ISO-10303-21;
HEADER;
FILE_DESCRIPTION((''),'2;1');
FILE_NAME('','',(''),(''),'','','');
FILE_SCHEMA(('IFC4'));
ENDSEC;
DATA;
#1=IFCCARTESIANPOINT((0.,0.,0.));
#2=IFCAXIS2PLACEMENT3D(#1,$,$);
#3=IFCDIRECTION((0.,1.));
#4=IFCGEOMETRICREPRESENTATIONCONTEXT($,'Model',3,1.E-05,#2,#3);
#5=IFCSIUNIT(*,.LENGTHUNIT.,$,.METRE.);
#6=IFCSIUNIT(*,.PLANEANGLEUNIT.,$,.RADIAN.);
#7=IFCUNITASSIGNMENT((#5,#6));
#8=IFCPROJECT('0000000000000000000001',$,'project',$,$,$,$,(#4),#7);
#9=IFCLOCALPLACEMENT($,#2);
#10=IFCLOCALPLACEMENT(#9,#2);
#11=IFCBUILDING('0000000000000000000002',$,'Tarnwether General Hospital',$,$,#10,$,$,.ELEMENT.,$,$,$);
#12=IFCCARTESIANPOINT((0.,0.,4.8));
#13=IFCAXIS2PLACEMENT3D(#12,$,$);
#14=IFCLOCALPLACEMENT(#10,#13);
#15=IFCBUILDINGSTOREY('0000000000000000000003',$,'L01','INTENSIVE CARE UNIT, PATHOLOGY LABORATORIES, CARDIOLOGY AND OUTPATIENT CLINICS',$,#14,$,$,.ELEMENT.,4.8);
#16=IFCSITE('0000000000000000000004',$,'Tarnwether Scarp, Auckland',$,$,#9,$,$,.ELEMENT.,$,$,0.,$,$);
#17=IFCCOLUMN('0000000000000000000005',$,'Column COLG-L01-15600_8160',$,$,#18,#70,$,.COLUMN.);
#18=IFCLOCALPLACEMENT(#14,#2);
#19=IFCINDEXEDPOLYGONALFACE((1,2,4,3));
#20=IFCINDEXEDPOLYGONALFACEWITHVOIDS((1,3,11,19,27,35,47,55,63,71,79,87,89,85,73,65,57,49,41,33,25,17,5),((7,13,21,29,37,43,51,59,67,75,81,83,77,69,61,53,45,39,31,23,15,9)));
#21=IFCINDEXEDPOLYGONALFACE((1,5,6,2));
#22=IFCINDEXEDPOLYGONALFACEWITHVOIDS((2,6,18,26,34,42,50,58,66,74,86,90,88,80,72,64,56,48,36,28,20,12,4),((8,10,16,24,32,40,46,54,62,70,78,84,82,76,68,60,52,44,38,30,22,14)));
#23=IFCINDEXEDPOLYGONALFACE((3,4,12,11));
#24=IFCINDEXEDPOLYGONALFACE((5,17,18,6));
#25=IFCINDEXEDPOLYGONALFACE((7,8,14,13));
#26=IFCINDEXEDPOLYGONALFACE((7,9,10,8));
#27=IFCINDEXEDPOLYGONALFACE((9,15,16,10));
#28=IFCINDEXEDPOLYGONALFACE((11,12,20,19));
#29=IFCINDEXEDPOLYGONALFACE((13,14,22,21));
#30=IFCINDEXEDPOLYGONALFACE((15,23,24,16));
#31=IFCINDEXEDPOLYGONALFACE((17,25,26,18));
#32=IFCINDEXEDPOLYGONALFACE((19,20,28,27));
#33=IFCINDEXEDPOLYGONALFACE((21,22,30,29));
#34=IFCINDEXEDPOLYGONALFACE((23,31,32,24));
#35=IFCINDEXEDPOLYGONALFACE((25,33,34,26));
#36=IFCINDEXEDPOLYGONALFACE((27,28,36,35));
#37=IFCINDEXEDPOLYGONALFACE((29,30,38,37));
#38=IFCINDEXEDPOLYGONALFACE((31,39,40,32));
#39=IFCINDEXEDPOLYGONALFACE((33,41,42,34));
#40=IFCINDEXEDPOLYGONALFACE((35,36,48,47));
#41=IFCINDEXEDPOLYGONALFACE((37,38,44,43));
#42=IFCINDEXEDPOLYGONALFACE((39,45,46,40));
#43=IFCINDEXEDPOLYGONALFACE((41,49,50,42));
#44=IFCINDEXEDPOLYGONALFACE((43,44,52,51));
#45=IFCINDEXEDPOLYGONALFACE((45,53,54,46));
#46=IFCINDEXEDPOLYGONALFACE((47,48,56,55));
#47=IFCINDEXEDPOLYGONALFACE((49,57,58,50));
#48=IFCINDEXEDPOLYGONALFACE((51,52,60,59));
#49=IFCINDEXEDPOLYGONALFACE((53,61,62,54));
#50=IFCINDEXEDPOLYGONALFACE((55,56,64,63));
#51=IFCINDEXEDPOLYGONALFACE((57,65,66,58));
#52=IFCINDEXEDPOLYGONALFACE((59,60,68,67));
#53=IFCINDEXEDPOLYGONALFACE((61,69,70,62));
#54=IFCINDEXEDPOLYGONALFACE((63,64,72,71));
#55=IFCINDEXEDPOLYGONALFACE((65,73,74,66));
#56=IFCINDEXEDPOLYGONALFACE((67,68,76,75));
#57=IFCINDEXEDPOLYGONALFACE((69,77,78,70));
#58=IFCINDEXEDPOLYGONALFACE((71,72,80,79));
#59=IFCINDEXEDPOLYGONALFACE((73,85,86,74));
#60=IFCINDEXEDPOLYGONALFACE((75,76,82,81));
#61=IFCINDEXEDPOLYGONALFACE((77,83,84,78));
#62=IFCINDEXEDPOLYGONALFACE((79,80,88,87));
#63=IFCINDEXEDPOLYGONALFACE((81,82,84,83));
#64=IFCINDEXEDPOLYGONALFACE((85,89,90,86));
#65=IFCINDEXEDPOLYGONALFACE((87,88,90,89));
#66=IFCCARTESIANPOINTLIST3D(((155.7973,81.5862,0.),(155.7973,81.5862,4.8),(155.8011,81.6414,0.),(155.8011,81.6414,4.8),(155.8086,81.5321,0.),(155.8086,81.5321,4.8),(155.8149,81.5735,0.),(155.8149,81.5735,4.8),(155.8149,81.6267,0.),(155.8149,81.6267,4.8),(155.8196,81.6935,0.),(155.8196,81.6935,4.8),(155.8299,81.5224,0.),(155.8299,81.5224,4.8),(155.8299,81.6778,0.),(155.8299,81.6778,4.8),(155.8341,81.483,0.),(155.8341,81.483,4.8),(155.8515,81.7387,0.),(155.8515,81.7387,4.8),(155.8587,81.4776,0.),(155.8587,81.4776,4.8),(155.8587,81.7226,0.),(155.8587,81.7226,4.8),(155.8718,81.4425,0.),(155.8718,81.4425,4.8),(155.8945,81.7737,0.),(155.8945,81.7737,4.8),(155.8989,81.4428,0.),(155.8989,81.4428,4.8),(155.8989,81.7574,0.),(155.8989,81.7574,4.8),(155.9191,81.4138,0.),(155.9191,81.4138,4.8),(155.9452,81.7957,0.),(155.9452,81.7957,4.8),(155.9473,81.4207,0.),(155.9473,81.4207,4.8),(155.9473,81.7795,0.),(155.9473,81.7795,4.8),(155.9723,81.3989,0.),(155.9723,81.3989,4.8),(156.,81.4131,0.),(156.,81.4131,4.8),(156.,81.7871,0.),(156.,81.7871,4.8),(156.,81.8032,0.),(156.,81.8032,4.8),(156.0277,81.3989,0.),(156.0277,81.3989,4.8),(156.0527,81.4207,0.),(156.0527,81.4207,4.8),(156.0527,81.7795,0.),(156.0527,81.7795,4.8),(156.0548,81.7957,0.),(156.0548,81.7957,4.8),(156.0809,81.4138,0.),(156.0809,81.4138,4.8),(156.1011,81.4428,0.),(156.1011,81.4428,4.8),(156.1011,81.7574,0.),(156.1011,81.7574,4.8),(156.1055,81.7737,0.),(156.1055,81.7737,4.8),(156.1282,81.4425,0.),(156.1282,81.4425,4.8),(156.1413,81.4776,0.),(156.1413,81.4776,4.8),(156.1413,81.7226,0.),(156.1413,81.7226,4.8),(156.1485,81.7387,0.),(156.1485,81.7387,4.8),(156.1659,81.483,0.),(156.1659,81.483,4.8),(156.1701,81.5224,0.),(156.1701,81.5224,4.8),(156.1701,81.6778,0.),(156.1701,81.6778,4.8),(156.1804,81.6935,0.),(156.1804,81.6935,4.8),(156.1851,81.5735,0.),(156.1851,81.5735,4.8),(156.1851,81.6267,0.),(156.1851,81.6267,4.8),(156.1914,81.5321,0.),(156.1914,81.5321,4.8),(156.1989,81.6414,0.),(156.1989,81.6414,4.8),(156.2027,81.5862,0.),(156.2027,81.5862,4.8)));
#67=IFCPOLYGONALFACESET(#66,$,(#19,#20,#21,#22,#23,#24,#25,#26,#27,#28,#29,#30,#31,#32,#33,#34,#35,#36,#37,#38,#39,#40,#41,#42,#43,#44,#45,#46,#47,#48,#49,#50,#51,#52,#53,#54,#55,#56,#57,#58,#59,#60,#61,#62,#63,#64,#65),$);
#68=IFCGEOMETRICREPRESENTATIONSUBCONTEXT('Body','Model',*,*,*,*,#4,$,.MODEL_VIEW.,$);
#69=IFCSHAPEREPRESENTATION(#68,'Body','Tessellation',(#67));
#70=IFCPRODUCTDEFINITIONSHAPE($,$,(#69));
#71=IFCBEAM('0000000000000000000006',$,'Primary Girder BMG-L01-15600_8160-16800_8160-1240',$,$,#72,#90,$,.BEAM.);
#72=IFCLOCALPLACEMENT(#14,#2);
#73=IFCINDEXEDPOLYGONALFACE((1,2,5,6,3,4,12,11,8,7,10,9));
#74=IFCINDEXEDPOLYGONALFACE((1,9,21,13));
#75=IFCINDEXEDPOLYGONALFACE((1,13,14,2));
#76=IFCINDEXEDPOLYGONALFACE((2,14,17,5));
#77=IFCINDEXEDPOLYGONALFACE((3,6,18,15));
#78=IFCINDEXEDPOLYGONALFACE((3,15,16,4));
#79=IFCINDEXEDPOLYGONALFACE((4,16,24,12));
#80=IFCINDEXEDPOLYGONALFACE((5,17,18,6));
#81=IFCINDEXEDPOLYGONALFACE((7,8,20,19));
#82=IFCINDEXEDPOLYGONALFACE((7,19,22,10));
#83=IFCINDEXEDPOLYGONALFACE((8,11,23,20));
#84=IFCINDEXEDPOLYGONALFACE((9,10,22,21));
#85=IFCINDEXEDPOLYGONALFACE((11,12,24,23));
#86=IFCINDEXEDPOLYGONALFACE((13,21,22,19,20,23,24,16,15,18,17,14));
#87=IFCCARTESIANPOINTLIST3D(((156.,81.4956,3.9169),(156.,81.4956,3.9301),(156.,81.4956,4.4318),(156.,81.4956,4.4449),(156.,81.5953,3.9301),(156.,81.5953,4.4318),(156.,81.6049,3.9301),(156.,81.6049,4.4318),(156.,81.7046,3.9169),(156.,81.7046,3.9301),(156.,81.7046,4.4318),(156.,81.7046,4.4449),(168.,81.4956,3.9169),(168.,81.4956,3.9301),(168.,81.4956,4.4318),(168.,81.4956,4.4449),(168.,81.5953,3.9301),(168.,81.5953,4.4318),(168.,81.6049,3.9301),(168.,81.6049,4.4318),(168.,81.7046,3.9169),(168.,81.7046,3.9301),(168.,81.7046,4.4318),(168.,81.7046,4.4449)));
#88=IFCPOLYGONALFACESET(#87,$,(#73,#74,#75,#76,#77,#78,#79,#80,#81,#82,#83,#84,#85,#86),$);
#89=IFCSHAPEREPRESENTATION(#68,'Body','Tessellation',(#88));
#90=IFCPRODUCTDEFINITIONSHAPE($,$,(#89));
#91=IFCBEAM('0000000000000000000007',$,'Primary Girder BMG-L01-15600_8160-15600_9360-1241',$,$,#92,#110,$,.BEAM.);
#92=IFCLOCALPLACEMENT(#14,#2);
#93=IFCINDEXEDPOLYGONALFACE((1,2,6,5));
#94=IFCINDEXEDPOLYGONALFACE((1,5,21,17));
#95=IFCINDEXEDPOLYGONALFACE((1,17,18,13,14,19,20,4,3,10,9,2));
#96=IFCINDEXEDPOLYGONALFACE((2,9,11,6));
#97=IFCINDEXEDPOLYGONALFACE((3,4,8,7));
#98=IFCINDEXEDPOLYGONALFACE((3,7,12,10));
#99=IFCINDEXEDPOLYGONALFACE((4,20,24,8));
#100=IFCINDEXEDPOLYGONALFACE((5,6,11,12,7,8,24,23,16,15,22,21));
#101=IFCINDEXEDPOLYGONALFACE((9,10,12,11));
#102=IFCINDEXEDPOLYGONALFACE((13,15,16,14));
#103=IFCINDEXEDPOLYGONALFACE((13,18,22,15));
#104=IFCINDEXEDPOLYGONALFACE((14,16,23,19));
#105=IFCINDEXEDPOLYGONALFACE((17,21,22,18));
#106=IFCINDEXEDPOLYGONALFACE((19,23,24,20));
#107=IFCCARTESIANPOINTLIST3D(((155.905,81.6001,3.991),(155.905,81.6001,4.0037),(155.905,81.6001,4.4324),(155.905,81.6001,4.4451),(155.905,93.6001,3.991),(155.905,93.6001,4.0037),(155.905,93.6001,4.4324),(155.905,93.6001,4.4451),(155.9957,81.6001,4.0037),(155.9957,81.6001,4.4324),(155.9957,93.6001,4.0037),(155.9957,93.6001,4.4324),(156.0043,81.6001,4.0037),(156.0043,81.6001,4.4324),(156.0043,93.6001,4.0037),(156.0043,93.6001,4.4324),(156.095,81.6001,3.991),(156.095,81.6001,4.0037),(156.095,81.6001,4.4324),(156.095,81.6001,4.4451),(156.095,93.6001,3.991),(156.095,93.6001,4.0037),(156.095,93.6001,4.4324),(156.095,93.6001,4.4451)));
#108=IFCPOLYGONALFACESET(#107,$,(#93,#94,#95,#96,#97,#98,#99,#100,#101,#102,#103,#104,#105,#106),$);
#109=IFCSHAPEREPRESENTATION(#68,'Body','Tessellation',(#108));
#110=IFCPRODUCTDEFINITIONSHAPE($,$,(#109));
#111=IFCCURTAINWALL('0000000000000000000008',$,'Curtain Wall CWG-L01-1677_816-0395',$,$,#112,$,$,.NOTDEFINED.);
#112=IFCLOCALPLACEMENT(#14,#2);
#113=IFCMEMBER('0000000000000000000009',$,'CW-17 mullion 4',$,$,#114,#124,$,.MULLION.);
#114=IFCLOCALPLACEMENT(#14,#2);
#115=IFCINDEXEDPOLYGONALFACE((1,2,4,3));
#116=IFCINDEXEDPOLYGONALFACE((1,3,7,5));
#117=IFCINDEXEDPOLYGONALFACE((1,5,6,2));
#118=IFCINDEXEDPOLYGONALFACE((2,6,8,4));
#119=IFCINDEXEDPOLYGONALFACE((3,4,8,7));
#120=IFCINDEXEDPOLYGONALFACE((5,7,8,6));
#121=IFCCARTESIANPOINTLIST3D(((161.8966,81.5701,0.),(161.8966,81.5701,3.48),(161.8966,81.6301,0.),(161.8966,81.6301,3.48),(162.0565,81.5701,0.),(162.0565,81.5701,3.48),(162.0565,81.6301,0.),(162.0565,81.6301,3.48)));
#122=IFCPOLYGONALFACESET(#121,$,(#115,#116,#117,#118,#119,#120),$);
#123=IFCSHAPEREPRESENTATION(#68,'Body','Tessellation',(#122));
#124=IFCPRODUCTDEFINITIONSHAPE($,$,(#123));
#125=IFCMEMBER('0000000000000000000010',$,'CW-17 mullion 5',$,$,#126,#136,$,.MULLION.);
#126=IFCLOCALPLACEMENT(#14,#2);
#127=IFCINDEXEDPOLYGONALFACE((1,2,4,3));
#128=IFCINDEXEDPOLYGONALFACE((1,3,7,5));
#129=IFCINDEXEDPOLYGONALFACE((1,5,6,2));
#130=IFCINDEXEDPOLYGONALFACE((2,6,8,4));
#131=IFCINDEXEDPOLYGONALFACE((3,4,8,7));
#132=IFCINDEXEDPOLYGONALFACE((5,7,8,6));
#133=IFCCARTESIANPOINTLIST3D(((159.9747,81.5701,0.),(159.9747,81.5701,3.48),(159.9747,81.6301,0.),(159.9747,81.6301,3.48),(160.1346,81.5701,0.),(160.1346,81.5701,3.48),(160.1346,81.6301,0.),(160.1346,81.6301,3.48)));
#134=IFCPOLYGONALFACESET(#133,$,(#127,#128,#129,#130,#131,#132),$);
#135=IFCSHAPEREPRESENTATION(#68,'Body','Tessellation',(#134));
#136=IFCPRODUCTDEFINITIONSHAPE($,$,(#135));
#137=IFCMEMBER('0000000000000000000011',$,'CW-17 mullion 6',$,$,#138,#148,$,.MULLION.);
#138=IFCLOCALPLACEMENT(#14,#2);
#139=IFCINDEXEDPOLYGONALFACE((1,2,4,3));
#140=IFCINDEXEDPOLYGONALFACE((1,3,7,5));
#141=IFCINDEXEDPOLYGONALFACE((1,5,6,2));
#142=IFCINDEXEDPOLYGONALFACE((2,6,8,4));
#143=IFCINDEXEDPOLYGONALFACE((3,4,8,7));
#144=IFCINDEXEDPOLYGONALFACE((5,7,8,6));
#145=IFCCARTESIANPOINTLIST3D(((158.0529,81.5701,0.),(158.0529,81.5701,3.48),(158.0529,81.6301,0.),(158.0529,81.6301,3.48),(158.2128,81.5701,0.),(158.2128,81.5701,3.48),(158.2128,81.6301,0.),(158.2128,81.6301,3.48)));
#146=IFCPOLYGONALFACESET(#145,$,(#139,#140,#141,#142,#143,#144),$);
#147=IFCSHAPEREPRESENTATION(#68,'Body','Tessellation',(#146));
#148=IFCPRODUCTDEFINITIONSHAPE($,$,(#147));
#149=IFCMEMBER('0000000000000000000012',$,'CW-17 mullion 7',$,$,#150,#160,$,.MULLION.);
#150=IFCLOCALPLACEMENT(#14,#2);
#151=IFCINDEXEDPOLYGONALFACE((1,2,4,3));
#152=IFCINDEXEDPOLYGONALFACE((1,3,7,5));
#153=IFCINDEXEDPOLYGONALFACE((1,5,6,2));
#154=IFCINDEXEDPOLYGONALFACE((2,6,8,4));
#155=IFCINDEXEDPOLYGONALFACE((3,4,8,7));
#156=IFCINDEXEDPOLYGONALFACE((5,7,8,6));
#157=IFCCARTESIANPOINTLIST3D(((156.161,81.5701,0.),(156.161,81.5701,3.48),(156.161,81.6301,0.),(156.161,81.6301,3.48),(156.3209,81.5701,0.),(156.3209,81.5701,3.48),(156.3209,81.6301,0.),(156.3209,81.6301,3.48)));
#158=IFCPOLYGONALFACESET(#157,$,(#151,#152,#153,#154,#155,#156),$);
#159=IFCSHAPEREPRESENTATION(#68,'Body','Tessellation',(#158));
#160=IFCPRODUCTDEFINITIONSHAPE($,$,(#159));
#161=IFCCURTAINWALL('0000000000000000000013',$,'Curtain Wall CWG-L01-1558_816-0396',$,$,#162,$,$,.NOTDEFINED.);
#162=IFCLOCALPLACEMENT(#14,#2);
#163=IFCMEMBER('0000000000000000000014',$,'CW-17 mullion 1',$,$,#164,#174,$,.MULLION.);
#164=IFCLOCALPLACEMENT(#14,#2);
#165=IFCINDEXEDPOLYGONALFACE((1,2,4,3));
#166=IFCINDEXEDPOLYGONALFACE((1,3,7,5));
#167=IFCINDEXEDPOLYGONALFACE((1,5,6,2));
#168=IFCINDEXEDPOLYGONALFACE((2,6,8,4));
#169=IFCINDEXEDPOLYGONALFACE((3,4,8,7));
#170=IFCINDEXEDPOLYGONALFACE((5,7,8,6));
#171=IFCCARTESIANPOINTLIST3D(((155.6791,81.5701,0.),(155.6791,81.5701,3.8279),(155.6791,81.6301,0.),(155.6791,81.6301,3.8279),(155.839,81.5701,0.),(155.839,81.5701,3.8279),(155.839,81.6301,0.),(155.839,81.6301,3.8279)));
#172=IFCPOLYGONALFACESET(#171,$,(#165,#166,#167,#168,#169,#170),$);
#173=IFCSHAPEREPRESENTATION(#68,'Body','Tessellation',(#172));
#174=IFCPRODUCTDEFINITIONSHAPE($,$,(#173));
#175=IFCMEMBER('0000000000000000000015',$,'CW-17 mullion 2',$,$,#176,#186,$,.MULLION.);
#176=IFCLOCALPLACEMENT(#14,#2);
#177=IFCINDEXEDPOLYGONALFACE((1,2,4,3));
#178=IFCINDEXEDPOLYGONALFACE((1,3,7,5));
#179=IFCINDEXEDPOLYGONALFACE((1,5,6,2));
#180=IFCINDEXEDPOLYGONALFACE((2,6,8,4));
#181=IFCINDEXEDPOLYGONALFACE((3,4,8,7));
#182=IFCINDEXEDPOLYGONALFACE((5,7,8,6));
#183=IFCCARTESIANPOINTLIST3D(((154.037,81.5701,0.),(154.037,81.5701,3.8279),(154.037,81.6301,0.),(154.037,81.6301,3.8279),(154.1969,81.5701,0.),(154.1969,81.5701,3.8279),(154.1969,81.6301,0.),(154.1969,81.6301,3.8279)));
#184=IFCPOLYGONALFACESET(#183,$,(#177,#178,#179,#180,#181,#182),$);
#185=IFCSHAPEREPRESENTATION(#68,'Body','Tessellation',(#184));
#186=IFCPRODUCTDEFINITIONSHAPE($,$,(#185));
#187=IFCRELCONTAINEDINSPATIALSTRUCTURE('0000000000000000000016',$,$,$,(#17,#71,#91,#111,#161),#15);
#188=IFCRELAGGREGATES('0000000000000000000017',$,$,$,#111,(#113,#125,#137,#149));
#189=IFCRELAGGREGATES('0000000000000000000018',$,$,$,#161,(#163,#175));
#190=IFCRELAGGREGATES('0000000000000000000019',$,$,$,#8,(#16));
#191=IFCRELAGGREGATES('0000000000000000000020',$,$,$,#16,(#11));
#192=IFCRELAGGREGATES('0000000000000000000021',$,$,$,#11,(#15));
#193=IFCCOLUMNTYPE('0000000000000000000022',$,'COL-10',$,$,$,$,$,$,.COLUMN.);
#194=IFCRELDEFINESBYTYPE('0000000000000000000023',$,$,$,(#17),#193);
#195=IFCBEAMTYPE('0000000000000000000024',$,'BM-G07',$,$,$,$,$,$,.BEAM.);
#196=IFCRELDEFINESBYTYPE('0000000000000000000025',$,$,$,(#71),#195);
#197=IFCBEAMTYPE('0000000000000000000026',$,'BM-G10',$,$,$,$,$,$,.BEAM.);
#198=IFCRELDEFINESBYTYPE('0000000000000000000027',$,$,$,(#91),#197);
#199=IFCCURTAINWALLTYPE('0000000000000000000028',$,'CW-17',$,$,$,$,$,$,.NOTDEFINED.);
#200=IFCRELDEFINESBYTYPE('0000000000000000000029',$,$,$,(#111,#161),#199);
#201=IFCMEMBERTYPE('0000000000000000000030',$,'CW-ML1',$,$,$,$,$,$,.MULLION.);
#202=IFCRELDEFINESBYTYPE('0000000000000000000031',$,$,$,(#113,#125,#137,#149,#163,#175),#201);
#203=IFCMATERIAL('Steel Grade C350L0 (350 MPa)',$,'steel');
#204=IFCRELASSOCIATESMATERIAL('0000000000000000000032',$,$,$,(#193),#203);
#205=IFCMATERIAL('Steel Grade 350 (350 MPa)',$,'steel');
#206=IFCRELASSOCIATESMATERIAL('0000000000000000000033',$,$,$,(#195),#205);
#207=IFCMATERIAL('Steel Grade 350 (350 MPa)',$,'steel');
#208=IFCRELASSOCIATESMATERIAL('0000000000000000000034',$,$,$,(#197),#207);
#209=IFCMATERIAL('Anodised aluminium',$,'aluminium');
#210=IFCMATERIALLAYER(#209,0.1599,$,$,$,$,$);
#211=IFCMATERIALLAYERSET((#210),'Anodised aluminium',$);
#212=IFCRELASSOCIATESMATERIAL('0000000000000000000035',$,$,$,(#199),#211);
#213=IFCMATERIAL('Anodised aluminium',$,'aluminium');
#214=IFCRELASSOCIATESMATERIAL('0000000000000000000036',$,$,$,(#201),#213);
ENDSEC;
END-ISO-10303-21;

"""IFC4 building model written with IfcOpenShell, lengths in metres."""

from ifc_helpers import new_model, si_unit, direction, frame, origin, origin_2d, place, context, subcontext, project, spatial, rectangle, hollow_circle, i_section, extrude, material, layer, layer_set, material_profile, profile_set, type_object, element, aggregate, save


model = new_model("IFC4")

# Units and contexts
model_context = context("Model", 3, precision=1e-05, world=origin(), true_north=direction((0.0, 1.0)))
body_context = subcontext(model_context, "Body", "Model", "MODEL_VIEW")
ifc_project = project(units=[si_unit("LENGTHUNIT", "METRE"), si_unit("PLANEANGLEUNIT", "RADIAN")], contexts=[model_context])

# Site, building, storey
site_placement = place(None, origin())
site = spatial("IfcSite", under=ifc_project, at=site_placement, Name="Tarnwether Scarp, Auckland", CompositionType="ELEMENT", RefElevation=0.0)
building_placement = place(site_placement, origin())
building = spatial("IfcBuilding", under=site, at=building_placement, Name="Tarnwether General Hospital", CompositionType="ELEMENT")
storey_placement = place(building_placement, frame((0.0, 0.0, 4.8)))
storey = spatial("IfcBuildingStorey", under=building, at=storey_placement, Name="L01", Description="INTENSIVE CARE UNIT, PATHOLOGY LABORATORIES, CARDIOLOGY AND OUTPATIENT CLINICS", CompositionType="ELEMENT", Elevation=4.8)

# Column
ifc_material_1 = material(Name="Steel Grade C350L0 (350 MPa)", Category="steel")
ifc_material_profile_1 = material_profile(ifc_material_1, hollow_circle(Radius=0.2031, WallThickness=0.0161, at=origin_2d()), Name="CHS406.4x16.0")
ifc_profile_set_1 = profile_set([ifc_material_profile_1], Name="Steel Grade C350L0 (350 MPa)")
column_type = type_object("IfcColumnType", Name="COL-10", PredefinedType="COLUMN", material=ifc_profile_set_1)
column_placement = place(storey_placement, frame((156.0, 81.6001, 0.0), z_axis=(0.0, 0.0, 1.0), x_axis=(0.0, 1.0, 0.0)))
element("IfcColumn", 1, at=column_placement, inside=storey, type_object=column_type, Name="Column COLG-L01-15600_8160", PredefinedType="COLUMN", context=body_context, shape_type="SweptSolid", body=[
    extrude(hollow_circle(Radius=0.2031, WallThickness=0.0161, at=origin_2d()), origin(), (0.0, 0.0, 1.0), 4.8),
])

# Beams
ifc_material_2 = material(Name="Steel Grade 350 (350 MPa)", Category="steel")
ifc_material_profile_2 = material_profile(ifc_material_2, i_section(OverallWidth=0.209, OverallDepth=0.5281, WebThickness=0.0095, FlangeThickness=0.0132, at=origin_2d()), Name="530UB82.0")
ifc_profile_set_2 = profile_set([ifc_material_profile_2], Name="Steel Grade 350 (350 MPa)")
beam_type_1 = type_object("IfcBeamType", Name="BM-G07", PredefinedType="BEAM", material=ifc_profile_set_2)
beam_1_placement = place(storey_placement, frame((156.0, 81.6001, 4.1809), z_axis=(1.0, 0.0, 0.0), x_axis=(0.0, 1.0, 0.0)))
element("IfcBeam", 2, at=beam_1_placement, inside=storey, type_object=beam_type_1, Name="Primary Girder BMG-L01-15600_8160-16800_8160-1240", PredefinedType="BEAM", context=body_context, shape_type="SweptSolid", body=[
    extrude(i_section(OverallWidth=0.209, OverallDepth=0.5281, WebThickness=0.0095, FlangeThickness=0.0132, at=origin_2d()), origin(), (0.0, 0.0, 1.0), 12.0),
])
ifc_material_3 = material(Name="Steel Grade 350 (350 MPa)", Category="steel")
ifc_material_profile_3 = material_profile(ifc_material_3, i_section(OverallWidth=0.1899, OverallDepth=0.4541, WebThickness=0.0085, FlangeThickness=0.0127, at=origin_2d()), Name="460UB67.1")
ifc_profile_set_3 = profile_set([ifc_material_profile_3], Name="Steel Grade 350 (350 MPa)")
beam_type_2 = type_object("IfcBeamType", Name="BM-G10", PredefinedType="BEAM", material=ifc_profile_set_3)
beam_2_placement = place(storey_placement, frame((156.0, 81.6001, 4.218), z_axis=(0.0, 1.0, 0.0), x_axis=(-1.0, 0.0, 0.0)))
element("IfcBeam", 3, at=beam_2_placement, inside=storey, type_object=beam_type_2, Name="Primary Girder BMG-L01-15600_8160-15600_9360-1241", PredefinedType="BEAM", context=body_context, shape_type="SweptSolid", body=[
    extrude(i_section(OverallWidth=0.1899, OverallDepth=0.4541, WebThickness=0.0085, FlangeThickness=0.0127, at=origin_2d()), origin(), (0.0, 0.0, 1.0), 12.0),
])

# Curtain walls, members
ifc_material_4 = material(Name="Anodised aluminium", Category="aluminium")
ifc_layer_1 = layer(ifc_material_4, 0.1599)
ifc_layer_set_1 = layer_set([ifc_layer_1], Name="Anodised aluminium")
curtain_wall_type = type_object("IfcCurtainWallType", Name="CW-17", PredefinedType="NOTDEFINED", material=ifc_layer_set_1)
curtain_wall_1_placement = place(storey_placement, origin())
curtain_wall_1 = element("IfcCurtainWall", 4, at=curtain_wall_1_placement, inside=storey, type_object=curtain_wall_type, Name="Curtain Wall CWG-L01-1677_816-0395", PredefinedType="NOTDEFINED")
ifc_material_5 = material(Name="Anodised aluminium", Category="aluminium")
ifc_material_profile_4 = material_profile(ifc_material_5, rectangle(XDim=0.0601, YDim=0.1599, at=origin_2d()), Name="ALU-MUL-60x160")
ifc_profile_set_4 = profile_set([ifc_material_profile_4], Name="Anodised aluminium")
member_type_1 = type_object("IfcMemberType", Name="CW-ML1", PredefinedType="MULLION", material=ifc_profile_set_4)
member_1_placement = place(storey_placement, frame((161.9766, 81.6001, 0.0), z_axis=(0.0, 0.0, 1.0), x_axis=(0.0, -1.0, 0.0)))
member_1 = element("IfcMember", 5, at=member_1_placement, type_object=member_type_1, Name="CW-17 mullion 4", PredefinedType="MULLION", context=body_context, shape_type="SweptSolid", body=[
    extrude(rectangle(XDim=0.0601, YDim=0.1599, at=origin_2d()), origin(), (0.0, 0.0, 1.0), 3.48),
])
member_2_placement = place(storey_placement, frame((160.0547, 81.6001, 0.0), z_axis=(0.0, 0.0, 1.0), x_axis=(0.0, -1.0, 0.0)))
member_2 = element("IfcMember", 6, at=member_2_placement, type_object=member_type_1, Name="CW-17 mullion 5", PredefinedType="MULLION", context=body_context, shape_type="SweptSolid", body=[
    extrude(rectangle(XDim=0.0601, YDim=0.1599, at=origin_2d()), origin(), (0.0, 0.0, 1.0), 3.48),
])
member_3_placement = place(storey_placement, frame((158.1328, 81.6001, 0.0), z_axis=(0.0, 0.0, 1.0), x_axis=(0.0, -1.0, 0.0)))
member_3 = element("IfcMember", 7, at=member_3_placement, type_object=member_type_1, Name="CW-17 mullion 6", PredefinedType="MULLION", context=body_context, shape_type="SweptSolid", body=[
    extrude(rectangle(XDim=0.0601, YDim=0.1599, at=origin_2d()), origin(), (0.0, 0.0, 1.0), 3.48),
])
member_4_placement = place(storey_placement, frame((156.241, 81.6001, 0.0), z_axis=(0.0, 0.0, 1.0), x_axis=(0.0, -1.0, 0.0)))
member_4 = element("IfcMember", 8, at=member_4_placement, type_object=member_type_1, Name="CW-17 mullion 7", PredefinedType="MULLION", context=body_context, shape_type="SweptSolid", body=[
    extrude(rectangle(XDim=0.0601, YDim=0.1599, at=origin_2d()), origin(), (0.0, 0.0, 1.0), 3.48),
])
curtain_wall_2_placement = place(storey_placement, origin())
curtain_wall_2 = element("IfcCurtainWall", 9, at=curtain_wall_2_placement, inside=storey, type_object=curtain_wall_type, Name="Curtain Wall CWG-L01-1558_816-0396", PredefinedType="NOTDEFINED")
member_5_placement = place(storey_placement, frame((155.759, 81.6001, 0.0), z_axis=(0.0, 0.0, 1.0), x_axis=(0.0, -1.0, 0.0)))
member_5 = element("IfcMember", 10, at=member_5_placement, type_object=member_type_1, Name="CW-17 mullion 1", PredefinedType="MULLION", context=body_context, shape_type="SweptSolid", body=[
    extrude(rectangle(XDim=0.0601, YDim=0.1599, at=origin_2d()), origin(), (0.0, 0.0, 1.0), 3.8279),
])
member_6_placement = place(storey_placement, frame((154.1169, 81.6001, 0.0), z_axis=(0.0, 0.0, 1.0), x_axis=(0.0, -1.0, 0.0)))
member_6 = element("IfcMember", 11, at=member_6_placement, type_object=member_type_1, Name="CW-17 mullion 2", PredefinedType="MULLION", context=body_context, shape_type="SweptSolid", body=[
    extrude(rectangle(XDim=0.0601, YDim=0.1599, at=origin_2d()), origin(), (0.0, 0.0, 1.0), 3.8279),
])

aggregate(curtain_wall_1, [member_1, member_2, member_3, member_4])
aggregate(curtain_wall_2, [member_5, member_6])

save(model, "model.ifc")
